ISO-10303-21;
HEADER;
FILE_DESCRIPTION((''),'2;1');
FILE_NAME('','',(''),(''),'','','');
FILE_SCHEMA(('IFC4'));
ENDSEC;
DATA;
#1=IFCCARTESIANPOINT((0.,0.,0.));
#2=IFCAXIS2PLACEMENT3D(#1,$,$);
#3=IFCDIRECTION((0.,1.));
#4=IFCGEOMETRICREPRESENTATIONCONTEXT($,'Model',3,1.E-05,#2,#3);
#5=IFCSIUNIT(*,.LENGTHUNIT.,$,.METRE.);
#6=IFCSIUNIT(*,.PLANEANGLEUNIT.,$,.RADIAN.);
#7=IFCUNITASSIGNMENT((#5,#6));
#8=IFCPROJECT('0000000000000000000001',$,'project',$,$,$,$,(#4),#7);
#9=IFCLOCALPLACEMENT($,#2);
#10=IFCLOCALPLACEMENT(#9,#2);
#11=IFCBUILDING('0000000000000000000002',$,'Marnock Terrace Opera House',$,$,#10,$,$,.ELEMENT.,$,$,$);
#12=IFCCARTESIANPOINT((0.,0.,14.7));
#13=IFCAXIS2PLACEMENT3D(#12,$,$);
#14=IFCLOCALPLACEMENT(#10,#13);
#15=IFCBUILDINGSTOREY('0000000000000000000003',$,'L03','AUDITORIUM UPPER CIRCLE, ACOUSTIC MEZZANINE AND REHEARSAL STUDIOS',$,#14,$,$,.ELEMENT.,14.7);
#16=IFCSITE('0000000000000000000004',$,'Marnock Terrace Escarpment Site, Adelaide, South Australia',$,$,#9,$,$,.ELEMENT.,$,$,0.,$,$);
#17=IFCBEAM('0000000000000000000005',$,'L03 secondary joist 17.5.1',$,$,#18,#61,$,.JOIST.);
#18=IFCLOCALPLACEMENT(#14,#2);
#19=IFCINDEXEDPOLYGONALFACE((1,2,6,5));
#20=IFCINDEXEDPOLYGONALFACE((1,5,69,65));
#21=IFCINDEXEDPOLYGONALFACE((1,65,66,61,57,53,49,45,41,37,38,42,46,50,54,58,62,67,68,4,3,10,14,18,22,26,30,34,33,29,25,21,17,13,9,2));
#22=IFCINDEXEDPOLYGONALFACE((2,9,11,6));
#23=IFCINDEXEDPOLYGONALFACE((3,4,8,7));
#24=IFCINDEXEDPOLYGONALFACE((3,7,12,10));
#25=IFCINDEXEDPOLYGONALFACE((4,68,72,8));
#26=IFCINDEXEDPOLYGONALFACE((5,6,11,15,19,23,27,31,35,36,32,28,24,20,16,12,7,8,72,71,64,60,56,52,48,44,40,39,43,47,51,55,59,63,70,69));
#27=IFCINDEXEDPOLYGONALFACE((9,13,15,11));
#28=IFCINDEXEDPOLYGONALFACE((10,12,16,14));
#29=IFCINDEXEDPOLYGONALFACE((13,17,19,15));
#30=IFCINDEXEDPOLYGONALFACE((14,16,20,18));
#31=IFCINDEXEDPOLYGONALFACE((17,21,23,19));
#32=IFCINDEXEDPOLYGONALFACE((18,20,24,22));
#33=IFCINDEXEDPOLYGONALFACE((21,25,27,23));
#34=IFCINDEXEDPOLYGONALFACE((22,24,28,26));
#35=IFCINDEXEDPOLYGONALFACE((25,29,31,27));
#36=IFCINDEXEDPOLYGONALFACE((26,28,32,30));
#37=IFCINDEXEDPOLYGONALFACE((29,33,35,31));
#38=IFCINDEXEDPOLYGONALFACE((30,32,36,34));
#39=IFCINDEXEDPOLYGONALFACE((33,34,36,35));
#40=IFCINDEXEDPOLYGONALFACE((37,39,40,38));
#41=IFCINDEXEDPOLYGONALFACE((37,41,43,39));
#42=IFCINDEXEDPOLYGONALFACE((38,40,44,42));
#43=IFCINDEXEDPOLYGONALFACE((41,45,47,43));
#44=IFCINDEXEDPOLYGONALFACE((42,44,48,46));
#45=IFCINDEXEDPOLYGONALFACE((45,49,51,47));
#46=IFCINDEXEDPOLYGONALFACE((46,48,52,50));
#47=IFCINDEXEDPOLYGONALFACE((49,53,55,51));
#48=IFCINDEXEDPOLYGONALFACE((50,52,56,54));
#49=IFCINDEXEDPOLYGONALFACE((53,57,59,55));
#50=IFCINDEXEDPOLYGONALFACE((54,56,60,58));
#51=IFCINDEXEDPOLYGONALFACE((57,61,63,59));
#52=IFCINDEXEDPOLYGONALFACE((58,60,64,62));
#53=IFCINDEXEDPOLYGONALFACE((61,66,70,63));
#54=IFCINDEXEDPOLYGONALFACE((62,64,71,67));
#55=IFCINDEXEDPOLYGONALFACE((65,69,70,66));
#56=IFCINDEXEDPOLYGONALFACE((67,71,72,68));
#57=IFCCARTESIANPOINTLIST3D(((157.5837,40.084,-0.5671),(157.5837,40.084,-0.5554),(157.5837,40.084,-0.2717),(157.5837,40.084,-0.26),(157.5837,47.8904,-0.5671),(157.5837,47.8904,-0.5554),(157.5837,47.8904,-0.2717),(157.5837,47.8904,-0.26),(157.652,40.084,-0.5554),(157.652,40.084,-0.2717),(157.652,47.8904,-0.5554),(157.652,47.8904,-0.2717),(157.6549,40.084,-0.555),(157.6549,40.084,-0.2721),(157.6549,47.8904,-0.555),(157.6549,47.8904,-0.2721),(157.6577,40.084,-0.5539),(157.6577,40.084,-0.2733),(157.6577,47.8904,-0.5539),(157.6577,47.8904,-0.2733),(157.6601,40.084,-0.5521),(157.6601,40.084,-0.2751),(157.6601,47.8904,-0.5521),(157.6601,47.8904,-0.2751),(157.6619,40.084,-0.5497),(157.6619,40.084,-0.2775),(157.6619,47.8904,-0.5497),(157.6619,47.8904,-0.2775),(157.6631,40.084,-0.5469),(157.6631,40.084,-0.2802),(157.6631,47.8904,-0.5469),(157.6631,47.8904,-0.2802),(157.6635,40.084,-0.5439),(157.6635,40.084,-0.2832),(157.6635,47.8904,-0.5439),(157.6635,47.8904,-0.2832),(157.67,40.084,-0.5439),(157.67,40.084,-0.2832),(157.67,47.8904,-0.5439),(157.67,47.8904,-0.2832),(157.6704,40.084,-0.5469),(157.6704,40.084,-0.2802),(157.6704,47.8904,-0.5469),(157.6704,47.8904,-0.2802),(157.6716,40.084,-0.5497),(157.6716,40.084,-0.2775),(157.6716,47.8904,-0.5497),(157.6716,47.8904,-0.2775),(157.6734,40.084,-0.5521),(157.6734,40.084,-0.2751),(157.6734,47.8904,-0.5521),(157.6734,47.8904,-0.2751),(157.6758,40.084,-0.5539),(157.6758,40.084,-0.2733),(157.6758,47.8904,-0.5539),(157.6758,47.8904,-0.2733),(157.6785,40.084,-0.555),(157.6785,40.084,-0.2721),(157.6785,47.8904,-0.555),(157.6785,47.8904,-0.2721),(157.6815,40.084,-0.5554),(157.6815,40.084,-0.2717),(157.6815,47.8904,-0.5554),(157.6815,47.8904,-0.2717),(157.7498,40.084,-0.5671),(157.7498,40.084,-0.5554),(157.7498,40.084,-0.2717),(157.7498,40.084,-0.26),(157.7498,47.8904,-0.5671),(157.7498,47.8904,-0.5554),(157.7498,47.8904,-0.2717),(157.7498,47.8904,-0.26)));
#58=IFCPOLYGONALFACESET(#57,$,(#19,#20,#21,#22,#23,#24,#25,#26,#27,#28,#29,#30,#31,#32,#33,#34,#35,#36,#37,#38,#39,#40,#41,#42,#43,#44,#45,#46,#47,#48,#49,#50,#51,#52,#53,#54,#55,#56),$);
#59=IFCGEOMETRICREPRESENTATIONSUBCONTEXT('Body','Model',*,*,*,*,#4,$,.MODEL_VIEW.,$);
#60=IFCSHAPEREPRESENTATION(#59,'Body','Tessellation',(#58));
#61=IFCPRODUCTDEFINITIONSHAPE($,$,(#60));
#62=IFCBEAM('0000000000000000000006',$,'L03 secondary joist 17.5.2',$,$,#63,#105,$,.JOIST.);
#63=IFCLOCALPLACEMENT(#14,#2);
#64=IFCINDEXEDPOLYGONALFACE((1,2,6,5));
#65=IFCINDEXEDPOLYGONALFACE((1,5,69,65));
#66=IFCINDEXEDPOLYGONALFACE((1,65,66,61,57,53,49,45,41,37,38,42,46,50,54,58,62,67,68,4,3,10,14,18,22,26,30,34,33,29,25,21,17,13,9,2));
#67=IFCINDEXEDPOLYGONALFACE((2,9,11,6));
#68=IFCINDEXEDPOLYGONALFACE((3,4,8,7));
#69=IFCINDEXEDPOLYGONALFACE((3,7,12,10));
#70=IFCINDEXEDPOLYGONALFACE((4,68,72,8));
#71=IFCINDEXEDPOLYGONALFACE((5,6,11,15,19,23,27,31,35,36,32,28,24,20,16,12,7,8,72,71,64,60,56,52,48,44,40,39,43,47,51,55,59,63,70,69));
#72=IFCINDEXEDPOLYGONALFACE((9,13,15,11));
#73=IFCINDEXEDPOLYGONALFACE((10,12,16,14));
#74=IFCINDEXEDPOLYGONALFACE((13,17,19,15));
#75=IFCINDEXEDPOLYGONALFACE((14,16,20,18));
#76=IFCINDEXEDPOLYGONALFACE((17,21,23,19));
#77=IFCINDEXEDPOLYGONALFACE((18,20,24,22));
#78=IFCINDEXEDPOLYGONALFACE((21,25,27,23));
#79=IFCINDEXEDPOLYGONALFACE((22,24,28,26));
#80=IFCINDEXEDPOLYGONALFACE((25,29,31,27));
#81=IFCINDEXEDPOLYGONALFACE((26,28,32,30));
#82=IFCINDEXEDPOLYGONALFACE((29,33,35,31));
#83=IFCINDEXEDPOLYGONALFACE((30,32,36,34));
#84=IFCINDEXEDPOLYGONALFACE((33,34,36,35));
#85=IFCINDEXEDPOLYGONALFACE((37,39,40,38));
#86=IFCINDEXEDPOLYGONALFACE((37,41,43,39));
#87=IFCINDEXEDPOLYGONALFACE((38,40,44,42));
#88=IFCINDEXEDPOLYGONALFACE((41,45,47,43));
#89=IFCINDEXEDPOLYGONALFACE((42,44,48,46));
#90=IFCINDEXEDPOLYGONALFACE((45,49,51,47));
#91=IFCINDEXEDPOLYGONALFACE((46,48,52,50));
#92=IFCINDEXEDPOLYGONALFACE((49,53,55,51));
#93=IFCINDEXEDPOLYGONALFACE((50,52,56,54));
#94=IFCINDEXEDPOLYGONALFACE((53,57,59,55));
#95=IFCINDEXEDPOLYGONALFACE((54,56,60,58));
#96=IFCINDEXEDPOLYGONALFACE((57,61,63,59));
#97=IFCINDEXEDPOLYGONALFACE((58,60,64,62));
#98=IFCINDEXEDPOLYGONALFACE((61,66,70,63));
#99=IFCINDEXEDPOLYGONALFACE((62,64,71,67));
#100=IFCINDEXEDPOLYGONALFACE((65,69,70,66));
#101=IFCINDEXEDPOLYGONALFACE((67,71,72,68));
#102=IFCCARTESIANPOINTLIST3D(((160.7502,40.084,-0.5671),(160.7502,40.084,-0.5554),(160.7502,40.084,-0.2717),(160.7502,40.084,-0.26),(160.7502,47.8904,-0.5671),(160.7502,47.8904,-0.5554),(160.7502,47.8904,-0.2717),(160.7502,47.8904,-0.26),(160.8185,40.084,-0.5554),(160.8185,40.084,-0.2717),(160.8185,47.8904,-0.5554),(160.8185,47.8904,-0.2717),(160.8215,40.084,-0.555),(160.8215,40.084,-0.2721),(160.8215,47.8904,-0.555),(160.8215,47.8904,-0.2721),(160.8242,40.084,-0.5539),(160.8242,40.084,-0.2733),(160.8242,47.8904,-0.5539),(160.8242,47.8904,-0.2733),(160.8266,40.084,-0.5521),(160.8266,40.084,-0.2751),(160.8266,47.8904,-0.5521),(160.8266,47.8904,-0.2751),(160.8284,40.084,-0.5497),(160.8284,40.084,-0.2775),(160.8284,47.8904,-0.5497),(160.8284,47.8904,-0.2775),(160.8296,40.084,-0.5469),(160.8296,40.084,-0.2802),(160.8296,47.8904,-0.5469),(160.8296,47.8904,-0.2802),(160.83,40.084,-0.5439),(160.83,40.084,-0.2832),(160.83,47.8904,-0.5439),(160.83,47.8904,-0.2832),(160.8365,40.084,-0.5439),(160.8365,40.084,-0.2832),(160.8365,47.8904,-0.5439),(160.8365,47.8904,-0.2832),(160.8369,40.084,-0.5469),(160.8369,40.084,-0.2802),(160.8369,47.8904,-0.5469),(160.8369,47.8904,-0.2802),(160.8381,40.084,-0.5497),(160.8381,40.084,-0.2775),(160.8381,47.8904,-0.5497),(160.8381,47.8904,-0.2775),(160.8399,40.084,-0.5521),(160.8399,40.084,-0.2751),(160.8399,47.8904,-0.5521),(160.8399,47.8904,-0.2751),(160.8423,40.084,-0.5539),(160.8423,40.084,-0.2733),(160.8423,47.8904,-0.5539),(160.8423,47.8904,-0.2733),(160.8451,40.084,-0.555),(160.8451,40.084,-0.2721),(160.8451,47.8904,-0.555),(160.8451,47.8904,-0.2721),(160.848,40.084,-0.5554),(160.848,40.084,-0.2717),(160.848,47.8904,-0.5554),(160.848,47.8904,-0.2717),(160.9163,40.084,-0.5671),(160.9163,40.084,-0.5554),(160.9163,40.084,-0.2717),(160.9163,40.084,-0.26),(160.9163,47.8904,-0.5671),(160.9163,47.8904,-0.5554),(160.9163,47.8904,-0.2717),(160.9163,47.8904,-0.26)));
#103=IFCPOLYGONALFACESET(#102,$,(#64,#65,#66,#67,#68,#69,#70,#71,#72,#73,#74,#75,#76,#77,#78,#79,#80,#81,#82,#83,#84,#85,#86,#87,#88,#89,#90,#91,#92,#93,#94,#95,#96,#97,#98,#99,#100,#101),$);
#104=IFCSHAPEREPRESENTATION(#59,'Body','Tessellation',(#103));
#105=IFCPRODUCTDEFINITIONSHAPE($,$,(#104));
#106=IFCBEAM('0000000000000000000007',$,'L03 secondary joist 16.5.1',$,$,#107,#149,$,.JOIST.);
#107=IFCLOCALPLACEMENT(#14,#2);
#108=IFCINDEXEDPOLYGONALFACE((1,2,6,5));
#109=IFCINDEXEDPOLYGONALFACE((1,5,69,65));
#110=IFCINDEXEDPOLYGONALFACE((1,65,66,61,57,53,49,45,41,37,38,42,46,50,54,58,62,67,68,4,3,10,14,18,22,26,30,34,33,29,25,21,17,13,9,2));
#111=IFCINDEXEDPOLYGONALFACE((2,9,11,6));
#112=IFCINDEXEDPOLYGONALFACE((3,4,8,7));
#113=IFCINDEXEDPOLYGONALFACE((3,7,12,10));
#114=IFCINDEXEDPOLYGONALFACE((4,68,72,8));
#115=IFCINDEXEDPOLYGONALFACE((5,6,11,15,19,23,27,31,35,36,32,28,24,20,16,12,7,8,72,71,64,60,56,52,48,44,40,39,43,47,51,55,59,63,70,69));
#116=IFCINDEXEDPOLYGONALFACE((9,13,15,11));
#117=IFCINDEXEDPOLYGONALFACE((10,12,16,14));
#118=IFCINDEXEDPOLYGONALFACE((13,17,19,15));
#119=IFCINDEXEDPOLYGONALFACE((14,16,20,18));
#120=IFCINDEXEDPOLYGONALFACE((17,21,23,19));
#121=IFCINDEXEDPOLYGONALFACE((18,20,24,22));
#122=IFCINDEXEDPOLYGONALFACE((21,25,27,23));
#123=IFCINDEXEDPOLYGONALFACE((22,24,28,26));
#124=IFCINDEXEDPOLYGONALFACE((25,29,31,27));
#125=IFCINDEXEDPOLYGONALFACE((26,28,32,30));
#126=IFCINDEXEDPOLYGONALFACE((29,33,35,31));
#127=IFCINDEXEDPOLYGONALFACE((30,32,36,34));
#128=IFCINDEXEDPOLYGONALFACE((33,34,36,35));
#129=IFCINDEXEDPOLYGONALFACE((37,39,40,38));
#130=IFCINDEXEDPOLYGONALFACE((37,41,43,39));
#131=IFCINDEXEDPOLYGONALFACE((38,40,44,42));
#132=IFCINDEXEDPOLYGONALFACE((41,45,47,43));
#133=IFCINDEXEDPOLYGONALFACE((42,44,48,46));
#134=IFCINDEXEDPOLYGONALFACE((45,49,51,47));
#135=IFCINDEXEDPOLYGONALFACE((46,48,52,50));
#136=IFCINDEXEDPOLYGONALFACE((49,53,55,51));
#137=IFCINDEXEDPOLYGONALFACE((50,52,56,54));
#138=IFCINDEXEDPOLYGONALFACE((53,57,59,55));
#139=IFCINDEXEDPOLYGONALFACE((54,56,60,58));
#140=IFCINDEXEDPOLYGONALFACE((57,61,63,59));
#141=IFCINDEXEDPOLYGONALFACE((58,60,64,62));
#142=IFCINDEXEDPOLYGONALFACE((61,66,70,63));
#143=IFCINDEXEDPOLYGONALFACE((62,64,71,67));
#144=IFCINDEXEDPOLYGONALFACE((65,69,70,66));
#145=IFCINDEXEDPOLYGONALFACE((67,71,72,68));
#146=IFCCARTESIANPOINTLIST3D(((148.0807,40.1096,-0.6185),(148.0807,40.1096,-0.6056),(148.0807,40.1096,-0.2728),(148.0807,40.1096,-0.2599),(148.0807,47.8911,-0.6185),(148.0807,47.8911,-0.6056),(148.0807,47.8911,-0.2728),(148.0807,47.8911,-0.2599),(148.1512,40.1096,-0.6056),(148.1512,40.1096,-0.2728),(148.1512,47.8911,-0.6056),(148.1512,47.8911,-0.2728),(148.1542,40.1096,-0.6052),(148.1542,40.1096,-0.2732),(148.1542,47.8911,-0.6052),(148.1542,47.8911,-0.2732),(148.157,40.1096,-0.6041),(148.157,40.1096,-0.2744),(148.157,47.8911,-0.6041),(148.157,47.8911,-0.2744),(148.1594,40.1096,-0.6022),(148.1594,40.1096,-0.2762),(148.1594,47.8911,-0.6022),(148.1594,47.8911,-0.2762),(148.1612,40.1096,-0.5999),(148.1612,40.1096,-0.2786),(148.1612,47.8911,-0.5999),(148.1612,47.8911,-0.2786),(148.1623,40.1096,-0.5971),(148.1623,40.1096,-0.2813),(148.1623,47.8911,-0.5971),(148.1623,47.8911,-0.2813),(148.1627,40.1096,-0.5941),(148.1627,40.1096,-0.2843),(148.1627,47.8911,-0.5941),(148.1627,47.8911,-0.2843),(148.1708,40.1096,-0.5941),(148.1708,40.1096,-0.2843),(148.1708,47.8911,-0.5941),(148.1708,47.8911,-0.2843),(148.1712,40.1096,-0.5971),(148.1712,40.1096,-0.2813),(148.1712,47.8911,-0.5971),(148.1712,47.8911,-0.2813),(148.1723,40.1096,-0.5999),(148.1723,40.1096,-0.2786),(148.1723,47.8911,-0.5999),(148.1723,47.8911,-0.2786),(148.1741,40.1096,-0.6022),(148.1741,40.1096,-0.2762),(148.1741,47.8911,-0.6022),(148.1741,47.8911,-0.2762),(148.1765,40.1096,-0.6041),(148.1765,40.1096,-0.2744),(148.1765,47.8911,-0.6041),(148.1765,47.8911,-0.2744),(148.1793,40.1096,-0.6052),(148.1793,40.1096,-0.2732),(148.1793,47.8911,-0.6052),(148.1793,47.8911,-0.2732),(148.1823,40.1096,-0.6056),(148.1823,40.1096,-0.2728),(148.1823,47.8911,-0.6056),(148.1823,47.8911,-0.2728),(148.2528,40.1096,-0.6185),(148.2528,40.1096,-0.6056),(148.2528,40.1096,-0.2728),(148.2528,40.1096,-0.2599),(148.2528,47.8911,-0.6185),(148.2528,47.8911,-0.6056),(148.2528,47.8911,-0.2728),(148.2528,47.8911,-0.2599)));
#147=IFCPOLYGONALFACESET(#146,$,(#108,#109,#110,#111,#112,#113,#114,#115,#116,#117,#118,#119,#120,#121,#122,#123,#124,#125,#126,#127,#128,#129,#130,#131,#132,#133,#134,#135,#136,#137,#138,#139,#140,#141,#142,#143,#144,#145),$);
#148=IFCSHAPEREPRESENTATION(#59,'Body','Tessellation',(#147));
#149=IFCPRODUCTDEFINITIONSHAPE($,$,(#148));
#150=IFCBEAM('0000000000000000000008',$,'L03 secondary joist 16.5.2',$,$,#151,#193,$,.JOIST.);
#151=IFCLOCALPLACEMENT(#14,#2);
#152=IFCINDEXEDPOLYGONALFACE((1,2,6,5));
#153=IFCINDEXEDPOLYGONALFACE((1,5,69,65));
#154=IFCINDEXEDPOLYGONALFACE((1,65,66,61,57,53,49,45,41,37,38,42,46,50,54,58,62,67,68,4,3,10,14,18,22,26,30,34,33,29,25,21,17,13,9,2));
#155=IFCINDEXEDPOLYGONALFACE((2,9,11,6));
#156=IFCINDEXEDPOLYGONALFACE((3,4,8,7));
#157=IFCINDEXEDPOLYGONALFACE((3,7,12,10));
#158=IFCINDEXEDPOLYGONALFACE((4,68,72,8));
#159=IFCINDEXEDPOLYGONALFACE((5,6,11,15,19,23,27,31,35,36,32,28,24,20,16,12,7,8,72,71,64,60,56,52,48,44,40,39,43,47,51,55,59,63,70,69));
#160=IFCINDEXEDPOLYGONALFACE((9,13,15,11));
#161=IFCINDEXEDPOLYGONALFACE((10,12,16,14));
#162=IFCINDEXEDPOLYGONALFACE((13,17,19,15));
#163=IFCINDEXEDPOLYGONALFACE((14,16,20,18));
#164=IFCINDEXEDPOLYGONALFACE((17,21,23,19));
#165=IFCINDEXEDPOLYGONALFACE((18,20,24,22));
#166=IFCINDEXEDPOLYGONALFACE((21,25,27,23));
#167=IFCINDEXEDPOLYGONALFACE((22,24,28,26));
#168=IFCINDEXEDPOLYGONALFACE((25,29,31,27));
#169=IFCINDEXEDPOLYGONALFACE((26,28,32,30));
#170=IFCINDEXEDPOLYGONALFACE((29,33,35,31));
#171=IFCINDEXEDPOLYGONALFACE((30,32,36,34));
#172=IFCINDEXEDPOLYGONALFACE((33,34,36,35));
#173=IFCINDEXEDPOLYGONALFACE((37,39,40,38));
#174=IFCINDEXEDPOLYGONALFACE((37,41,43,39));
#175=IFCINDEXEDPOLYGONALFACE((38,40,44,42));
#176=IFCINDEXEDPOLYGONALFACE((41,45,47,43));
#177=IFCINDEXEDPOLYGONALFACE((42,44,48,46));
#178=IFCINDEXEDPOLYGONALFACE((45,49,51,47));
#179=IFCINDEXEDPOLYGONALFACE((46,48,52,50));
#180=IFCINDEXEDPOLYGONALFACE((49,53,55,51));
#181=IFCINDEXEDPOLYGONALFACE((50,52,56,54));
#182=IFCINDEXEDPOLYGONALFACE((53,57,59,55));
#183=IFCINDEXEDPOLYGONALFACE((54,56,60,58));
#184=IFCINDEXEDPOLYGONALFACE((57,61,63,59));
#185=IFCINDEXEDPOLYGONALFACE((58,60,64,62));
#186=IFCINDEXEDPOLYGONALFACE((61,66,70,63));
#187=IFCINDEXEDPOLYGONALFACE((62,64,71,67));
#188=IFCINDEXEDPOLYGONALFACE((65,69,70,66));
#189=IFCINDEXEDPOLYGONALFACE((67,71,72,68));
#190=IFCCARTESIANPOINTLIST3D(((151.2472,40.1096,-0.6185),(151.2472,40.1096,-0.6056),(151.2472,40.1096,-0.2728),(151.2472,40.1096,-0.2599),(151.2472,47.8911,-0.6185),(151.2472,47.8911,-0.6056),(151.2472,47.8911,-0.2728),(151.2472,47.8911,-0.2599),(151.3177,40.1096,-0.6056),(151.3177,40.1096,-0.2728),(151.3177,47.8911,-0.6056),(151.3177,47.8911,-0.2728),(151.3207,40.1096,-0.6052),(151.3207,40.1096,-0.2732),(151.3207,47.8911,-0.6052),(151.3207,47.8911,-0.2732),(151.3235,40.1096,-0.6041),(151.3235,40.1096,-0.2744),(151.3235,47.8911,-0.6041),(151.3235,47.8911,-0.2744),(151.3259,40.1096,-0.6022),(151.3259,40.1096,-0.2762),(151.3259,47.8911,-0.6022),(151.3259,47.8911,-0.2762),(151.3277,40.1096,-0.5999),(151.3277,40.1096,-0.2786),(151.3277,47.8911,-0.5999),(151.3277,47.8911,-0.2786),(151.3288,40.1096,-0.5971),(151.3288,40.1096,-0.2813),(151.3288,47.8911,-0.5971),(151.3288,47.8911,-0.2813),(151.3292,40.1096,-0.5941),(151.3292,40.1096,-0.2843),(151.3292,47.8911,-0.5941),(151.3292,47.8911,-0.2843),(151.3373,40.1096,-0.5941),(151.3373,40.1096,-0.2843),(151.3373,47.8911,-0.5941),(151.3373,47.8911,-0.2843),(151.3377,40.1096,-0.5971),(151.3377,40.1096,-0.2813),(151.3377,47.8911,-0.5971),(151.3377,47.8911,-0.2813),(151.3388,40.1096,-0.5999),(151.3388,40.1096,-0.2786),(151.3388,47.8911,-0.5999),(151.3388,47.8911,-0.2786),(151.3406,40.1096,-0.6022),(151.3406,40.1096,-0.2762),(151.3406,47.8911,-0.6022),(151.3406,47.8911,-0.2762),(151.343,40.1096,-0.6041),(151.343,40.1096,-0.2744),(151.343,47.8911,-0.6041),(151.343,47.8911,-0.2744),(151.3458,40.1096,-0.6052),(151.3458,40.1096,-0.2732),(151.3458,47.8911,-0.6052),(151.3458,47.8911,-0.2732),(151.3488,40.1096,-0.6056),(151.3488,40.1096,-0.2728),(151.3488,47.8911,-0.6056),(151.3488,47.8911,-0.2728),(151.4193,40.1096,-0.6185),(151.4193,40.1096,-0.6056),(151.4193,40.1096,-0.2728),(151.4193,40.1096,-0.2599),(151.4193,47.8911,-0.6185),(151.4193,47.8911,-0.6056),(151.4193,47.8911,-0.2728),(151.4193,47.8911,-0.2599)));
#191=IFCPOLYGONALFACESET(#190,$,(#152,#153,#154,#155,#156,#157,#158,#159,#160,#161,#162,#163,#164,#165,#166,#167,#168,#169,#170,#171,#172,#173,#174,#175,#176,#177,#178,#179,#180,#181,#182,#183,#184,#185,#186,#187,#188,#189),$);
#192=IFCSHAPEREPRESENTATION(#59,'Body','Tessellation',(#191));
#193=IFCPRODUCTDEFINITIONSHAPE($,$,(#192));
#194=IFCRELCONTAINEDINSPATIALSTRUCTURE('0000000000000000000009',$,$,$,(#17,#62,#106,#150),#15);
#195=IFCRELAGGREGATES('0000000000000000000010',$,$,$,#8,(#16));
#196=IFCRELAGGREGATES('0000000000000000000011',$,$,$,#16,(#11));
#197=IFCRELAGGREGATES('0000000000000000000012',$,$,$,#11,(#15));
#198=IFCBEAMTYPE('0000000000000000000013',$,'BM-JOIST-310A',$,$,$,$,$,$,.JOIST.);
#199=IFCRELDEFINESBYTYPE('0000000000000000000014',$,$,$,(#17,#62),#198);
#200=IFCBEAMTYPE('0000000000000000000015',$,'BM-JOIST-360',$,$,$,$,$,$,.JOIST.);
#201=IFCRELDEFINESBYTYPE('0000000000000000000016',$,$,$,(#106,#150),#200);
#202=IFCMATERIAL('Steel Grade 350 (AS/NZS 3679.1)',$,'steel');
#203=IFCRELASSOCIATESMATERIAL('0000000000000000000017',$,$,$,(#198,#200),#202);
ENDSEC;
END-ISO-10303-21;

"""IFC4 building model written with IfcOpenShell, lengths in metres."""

from ifc_helpers import new_model, si_unit, direction, frame, origin, origin_2d, place, context, subcontext, project, spatial, i_section, extrude, material, material_profile, profile_set, type_object, element, save


model = new_model("IFC4")

# Units and contexts
model_context = context("Model", 3, precision=1e-05, world=origin(), true_north=direction((0.0, 1.0)))
body_context = subcontext(model_context, "Body", "Model", "MODEL_VIEW")
ifc_project = project(units=[si_unit("LENGTHUNIT", "METRE"), si_unit("PLANEANGLEUNIT", "RADIAN")], contexts=[model_context])

# Site, building, storey
site_placement = place(None, origin())
site = spatial("IfcSite", under=ifc_project, at=site_placement, Name="Marnock Terrace Escarpment Site, Adelaide, South Australia", CompositionType="ELEMENT", RefElevation=0.0)
building_placement = place(site_placement, origin())
building = spatial("IfcBuilding", under=site, at=building_placement, Name="Marnock Terrace Opera House", CompositionType="ELEMENT")
storey_placement = place(building_placement, frame((0.0, 0.0, 14.7)))
storey = spatial("IfcBuildingStorey", under=building, at=storey_placement, Name="L03", Description="AUDITORIUM UPPER CIRCLE, ACOUSTIC MEZZANINE AND REHEARSAL STUDIOS", CompositionType="ELEMENT", Elevation=14.7)

# Shared definitions
ifc_material_1 = material(Name="Steel Grade 350 (AS/NZS 3679.1)", Category="steel")

# Beams
ifc_material_profile_1 = material_profile(ifc_material_1, i_section(OverallWidth=0.166, OverallDepth=0.3071, WebThickness=0.0066, FlangeThickness=0.0117, FilletRadius=0.0115, at=origin_2d()))
ifc_profile_set_1 = profile_set([ifc_material_profile_1], Name="Steel Grade 350 (AS/NZS 3679.1)")
beam_type_1 = type_object("IfcBeamType", Name="BM-JOIST-310A", PredefinedType="JOIST", material=ifc_profile_set_1)
for number, where, z_axis, x_axis, name in (
    (1, (157.6667, 40.084, -0.4136), (0.0, 1.0, 0.0), (-1.0, 0.0, 0.0), "L03 secondary joist 17.5.1"),
    (2, (160.8333, 40.084, -0.4136), (0.0, 1.0, 0.0), (-1.0, 0.0, 0.0), "L03 secondary joist 17.5.2"),
):
    element("IfcBeam", number, at=place(storey_placement, frame(where, z_axis=z_axis, x_axis=x_axis)), inside=storey, type_object=beam_type_1, Name=name, PredefinedType="JOIST", context=body_context, shape_type="SweptSolid", body=[
        extrude(i_section(OverallWidth=0.166, OverallDepth=0.3071, WebThickness=0.0066, FlangeThickness=0.0117, FilletRadius=0.0115, at=origin_2d()), origin(), (0.0, 0.0, 1.0), 7.8064),
    ])
ifc_material_profile_2 = material_profile(ifc_material_1, i_section(OverallWidth=0.1721, OverallDepth=0.3586, WebThickness=0.0081, FlangeThickness=0.0129, FilletRadius=0.0115, at=origin_2d()))
ifc_profile_set_2 = profile_set([ifc_material_profile_2], Name="Steel Grade 350 (AS/NZS 3679.1)")
beam_type_2 = type_object("IfcBeamType", Name="BM-JOIST-360", PredefinedType="JOIST", material=ifc_profile_set_2)
for number, where, z_axis, x_axis, name in (
    (3, (148.1667, 40.1096, -0.4392), (0.0, 1.0, 0.0), (-1.0, 0.0, 0.0), "L03 secondary joist 16.5.1"),
    (4, (151.3333, 40.1096, -0.4392), (0.0, 1.0, 0.0), (-1.0, 0.0, 0.0), "L03 secondary joist 16.5.2"),
):
    element("IfcBeam", number, at=place(storey_placement, frame(where, z_axis=z_axis, x_axis=x_axis)), inside=storey, type_object=beam_type_2, Name=name, PredefinedType="JOIST", context=body_context, shape_type="SweptSolid", body=[
        extrude(i_section(OverallWidth=0.1721, OverallDepth=0.3586, WebThickness=0.0081, FlangeThickness=0.0129, FilletRadius=0.0115, at=origin_2d()), origin(), (0.0, 0.0, 1.0), 7.7815),
    ])

save(model, "model.ifc")
